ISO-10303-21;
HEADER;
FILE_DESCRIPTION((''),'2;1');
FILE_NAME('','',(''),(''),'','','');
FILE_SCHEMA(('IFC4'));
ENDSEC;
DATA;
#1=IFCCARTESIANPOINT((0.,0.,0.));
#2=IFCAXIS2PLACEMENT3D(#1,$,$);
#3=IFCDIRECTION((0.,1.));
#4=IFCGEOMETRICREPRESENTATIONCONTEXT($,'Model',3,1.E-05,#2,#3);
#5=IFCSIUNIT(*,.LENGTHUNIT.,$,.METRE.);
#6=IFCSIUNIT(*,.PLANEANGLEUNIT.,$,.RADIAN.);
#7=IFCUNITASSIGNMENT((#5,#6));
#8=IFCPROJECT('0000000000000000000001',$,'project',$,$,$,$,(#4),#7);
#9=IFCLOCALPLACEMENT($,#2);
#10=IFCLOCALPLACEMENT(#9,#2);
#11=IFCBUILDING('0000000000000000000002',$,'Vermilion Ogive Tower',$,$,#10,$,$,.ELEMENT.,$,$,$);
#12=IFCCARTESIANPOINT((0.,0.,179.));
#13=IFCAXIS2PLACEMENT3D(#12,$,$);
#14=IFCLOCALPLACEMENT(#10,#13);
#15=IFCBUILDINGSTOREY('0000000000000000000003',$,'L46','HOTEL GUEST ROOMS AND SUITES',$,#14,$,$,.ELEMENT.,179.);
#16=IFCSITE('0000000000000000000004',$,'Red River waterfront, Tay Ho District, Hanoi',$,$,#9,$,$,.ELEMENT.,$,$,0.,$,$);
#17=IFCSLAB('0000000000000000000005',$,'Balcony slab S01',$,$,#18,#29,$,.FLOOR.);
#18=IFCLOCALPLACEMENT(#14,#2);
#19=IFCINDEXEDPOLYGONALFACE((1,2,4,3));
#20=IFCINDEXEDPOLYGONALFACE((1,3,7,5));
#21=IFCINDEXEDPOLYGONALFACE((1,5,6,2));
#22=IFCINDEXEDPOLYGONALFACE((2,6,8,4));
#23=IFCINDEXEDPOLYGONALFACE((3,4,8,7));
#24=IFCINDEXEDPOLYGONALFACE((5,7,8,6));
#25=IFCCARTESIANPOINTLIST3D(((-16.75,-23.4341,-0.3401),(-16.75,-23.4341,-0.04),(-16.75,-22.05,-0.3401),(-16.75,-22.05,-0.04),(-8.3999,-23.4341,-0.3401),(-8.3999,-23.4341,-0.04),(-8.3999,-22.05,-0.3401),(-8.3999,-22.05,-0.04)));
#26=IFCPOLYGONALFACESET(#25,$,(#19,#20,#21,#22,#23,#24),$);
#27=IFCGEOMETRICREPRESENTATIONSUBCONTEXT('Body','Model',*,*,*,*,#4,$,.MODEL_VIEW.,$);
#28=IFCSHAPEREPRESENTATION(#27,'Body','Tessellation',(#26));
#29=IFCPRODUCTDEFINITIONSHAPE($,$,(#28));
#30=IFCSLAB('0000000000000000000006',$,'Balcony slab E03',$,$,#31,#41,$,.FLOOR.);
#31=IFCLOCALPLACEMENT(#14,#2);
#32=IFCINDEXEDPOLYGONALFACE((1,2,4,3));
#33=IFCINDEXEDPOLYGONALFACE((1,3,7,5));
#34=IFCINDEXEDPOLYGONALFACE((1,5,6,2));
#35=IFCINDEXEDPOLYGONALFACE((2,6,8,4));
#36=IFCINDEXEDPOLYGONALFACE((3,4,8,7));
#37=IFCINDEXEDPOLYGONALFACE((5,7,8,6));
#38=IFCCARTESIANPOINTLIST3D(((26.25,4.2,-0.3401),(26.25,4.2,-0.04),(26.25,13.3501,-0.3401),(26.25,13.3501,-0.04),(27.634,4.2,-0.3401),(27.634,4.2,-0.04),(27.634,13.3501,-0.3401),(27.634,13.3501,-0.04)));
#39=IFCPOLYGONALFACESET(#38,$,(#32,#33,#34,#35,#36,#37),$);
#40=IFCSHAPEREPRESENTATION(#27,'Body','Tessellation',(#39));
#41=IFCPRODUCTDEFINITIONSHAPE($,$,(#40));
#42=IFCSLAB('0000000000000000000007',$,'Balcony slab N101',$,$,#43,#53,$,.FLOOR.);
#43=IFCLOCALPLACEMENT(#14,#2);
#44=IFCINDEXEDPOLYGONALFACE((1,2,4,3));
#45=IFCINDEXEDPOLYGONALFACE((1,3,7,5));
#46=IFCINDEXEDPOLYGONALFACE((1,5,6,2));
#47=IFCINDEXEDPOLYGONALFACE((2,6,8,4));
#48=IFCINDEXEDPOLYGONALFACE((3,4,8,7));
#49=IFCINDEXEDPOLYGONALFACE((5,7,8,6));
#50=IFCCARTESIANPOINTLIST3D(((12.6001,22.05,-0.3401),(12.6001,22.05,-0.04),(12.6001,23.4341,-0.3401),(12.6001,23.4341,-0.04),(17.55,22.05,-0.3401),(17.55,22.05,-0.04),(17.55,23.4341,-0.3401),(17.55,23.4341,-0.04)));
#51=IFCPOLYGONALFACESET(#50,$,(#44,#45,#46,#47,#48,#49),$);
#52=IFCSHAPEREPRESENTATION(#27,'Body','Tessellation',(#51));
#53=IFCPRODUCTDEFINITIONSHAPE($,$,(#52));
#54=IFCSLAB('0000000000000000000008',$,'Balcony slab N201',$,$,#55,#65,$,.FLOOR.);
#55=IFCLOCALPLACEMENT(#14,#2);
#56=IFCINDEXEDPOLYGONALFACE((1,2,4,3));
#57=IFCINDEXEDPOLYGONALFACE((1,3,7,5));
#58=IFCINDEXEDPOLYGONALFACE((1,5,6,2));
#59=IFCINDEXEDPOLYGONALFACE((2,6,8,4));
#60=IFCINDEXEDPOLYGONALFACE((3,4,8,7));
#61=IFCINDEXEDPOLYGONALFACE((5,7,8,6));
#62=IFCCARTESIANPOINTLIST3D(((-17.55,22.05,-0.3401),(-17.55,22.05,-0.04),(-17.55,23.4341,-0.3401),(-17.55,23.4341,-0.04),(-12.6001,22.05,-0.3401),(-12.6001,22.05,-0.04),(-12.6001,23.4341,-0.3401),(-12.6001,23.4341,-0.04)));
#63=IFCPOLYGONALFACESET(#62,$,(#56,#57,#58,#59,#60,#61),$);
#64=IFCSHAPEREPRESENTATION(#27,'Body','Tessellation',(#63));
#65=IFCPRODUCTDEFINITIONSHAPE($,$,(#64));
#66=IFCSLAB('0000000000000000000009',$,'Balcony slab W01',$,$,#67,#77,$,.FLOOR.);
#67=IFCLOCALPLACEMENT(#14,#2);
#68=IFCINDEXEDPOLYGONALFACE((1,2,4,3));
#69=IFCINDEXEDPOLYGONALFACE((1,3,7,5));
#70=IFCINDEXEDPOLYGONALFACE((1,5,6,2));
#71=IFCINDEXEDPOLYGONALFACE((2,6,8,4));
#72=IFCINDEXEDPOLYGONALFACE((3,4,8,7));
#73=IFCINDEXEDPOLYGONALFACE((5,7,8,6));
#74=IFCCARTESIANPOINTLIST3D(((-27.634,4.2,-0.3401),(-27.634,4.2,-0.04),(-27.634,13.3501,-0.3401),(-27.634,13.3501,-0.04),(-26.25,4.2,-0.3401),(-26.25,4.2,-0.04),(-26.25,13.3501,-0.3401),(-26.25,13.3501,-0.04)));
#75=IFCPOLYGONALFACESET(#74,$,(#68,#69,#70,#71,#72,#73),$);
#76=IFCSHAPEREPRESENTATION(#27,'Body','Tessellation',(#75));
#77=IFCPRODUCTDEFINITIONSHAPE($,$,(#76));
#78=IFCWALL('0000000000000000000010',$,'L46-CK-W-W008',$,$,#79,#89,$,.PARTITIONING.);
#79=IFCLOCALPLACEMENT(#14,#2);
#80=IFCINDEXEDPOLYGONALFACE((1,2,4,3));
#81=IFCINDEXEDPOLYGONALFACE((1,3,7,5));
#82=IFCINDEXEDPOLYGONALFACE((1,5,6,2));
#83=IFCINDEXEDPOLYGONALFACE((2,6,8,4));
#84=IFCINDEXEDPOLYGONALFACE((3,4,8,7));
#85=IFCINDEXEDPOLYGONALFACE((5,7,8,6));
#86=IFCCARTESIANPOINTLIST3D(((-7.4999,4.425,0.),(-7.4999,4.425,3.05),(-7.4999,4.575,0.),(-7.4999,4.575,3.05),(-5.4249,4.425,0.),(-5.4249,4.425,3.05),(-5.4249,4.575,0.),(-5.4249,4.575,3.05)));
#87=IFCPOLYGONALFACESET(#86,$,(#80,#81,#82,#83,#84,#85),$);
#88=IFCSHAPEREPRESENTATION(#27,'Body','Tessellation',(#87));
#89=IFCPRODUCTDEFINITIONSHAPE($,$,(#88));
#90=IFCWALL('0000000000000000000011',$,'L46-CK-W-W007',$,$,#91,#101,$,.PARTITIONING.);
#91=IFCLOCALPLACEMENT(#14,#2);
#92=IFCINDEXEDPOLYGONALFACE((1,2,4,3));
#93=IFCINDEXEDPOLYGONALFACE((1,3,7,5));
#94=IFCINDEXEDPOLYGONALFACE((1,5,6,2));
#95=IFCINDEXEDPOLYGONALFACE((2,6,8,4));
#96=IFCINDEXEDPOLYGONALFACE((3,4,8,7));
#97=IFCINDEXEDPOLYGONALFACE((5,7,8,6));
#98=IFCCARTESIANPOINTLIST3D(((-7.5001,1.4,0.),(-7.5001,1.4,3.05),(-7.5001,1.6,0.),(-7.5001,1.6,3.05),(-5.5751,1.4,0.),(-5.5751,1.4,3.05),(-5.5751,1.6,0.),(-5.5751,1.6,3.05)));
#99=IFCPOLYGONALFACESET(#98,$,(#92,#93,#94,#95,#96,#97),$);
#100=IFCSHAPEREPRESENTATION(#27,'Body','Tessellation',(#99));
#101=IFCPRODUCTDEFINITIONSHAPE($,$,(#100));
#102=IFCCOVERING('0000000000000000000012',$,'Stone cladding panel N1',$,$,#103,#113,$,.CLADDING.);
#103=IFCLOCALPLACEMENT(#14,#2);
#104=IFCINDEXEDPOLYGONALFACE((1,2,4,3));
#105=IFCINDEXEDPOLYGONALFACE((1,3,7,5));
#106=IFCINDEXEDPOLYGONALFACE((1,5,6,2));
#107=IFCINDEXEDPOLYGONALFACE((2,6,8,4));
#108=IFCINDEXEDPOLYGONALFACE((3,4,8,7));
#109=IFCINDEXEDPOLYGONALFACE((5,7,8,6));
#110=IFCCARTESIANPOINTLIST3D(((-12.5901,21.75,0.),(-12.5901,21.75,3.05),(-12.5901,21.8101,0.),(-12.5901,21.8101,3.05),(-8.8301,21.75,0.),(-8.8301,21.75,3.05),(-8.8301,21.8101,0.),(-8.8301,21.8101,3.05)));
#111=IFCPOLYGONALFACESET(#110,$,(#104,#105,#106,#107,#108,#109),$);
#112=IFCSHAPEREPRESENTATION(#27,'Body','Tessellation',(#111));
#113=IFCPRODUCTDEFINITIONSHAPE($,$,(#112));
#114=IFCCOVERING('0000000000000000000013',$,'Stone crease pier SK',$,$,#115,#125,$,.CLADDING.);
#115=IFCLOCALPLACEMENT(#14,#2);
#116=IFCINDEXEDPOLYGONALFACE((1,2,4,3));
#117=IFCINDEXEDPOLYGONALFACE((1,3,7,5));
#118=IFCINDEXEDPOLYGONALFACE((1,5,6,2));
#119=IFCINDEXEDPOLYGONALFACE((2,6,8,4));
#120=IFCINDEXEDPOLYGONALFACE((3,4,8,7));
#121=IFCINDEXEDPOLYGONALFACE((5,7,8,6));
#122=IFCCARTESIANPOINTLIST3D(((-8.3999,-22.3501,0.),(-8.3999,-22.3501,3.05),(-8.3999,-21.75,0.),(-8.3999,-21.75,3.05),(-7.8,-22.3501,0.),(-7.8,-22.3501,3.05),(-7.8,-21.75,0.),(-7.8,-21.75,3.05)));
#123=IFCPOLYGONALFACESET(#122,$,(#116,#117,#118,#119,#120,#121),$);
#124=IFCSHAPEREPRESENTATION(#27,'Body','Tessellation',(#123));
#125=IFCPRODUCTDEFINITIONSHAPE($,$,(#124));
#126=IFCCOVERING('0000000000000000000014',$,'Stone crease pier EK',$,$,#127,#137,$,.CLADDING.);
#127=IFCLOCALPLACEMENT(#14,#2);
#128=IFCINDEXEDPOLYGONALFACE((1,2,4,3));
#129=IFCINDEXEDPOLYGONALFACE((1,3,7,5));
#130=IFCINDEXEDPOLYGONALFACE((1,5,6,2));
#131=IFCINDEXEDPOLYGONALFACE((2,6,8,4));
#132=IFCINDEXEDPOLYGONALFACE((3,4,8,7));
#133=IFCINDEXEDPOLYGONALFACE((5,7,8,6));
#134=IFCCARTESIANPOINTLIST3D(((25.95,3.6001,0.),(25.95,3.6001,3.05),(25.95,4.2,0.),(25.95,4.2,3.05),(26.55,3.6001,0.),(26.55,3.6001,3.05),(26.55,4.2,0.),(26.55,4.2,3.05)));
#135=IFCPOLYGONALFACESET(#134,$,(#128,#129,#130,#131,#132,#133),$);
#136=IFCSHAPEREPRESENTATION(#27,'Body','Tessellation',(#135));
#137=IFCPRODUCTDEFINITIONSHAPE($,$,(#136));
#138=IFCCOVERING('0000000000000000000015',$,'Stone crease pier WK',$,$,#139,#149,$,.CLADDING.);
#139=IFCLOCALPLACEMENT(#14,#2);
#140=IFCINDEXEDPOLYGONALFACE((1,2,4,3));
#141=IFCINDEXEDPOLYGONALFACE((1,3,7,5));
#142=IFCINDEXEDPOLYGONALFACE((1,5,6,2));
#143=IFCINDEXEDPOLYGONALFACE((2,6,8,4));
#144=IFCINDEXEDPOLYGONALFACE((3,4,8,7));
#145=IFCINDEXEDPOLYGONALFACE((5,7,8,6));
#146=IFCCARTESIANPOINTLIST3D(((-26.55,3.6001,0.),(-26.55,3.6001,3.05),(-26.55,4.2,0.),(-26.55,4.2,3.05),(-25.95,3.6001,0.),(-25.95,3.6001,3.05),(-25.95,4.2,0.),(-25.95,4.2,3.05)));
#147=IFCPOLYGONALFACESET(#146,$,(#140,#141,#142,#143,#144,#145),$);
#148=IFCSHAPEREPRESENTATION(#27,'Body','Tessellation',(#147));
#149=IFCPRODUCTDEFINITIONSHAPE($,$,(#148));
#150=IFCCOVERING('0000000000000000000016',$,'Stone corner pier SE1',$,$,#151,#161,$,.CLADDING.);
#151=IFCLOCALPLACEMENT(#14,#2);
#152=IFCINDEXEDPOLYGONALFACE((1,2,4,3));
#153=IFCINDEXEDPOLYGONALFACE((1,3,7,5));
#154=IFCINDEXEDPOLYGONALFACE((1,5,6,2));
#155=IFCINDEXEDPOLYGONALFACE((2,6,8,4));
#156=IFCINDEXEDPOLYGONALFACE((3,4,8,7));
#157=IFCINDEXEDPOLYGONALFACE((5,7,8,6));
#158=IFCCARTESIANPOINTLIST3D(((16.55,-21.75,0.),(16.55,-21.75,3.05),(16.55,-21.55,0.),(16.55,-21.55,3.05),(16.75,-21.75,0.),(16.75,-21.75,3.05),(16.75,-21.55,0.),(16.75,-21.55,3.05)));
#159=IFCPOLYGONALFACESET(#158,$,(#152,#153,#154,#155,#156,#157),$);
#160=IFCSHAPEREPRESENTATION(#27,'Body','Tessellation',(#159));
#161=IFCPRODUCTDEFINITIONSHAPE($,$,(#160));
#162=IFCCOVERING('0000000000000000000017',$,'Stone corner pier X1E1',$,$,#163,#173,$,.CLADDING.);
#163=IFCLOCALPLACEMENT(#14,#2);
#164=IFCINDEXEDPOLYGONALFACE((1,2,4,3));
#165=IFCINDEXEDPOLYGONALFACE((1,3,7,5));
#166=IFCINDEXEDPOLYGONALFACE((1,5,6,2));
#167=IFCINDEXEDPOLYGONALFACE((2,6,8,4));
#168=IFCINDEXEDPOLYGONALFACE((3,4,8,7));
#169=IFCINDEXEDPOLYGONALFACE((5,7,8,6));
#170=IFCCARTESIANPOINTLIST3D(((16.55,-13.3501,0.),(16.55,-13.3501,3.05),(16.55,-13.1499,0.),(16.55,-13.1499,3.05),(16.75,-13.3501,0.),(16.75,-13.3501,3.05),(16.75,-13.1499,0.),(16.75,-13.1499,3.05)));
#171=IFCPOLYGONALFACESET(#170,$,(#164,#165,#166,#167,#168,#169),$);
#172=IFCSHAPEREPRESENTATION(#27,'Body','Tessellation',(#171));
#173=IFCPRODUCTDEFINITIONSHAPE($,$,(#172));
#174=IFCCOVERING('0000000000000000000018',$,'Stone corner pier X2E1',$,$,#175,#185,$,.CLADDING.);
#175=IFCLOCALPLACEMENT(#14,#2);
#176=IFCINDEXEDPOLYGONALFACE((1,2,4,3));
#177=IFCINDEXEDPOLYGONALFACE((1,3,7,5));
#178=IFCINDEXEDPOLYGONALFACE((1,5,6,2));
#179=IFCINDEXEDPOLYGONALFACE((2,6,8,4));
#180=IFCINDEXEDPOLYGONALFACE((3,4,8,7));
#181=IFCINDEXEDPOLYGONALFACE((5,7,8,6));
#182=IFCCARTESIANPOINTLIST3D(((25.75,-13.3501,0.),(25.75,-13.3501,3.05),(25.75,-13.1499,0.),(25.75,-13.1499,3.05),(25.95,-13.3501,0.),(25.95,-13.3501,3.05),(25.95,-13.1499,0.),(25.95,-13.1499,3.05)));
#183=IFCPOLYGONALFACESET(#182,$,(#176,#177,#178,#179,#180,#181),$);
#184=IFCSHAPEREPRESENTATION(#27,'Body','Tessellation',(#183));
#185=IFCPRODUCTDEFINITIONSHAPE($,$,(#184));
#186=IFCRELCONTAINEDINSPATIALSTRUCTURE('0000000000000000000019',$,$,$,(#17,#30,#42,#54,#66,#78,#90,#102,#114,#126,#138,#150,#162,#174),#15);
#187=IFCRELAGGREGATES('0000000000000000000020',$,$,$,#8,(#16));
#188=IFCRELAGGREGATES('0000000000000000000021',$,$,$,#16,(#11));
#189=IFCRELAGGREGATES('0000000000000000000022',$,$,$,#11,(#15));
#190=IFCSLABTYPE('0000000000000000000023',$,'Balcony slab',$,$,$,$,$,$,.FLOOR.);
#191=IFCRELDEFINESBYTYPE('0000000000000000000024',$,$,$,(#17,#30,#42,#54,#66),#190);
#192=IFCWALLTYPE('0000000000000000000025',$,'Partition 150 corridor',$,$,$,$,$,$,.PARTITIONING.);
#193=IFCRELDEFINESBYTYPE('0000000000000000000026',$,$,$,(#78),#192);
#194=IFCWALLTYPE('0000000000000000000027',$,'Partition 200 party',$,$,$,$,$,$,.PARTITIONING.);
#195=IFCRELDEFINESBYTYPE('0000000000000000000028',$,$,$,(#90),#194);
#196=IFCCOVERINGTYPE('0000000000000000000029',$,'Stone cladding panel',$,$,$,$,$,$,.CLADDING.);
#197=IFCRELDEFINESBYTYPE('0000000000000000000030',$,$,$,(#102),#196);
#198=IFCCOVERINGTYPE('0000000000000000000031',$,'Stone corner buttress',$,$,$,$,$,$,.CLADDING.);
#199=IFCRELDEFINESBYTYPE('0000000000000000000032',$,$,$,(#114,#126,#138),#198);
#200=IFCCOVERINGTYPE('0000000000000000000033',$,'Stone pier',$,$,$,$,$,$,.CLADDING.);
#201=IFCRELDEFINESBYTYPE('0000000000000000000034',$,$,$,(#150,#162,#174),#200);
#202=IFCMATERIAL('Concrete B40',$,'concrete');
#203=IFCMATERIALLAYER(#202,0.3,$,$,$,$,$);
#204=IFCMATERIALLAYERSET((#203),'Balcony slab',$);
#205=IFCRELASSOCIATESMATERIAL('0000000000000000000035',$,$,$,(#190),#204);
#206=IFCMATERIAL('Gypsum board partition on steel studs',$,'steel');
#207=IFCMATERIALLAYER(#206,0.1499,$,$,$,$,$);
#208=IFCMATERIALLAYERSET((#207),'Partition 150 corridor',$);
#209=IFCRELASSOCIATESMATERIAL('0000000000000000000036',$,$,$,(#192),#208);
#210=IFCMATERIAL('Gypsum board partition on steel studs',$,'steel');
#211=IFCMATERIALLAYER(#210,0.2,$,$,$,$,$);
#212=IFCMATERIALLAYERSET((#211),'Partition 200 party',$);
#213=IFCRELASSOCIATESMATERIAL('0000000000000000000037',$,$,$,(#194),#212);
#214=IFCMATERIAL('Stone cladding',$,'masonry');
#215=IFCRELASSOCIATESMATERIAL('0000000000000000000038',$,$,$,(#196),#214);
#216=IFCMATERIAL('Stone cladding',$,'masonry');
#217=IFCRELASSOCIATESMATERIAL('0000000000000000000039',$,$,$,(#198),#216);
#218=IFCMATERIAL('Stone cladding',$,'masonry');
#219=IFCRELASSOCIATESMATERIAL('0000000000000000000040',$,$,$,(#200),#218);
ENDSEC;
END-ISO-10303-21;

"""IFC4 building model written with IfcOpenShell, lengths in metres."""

from ifc_helpers import new_model, si_unit, direction, frame, frame_2d, origin, place, context, subcontext, project, spatial, polyline, rectangle, outline, extrude, material, layer, layer_set, type_object, element, save


model = new_model("IFC4")

# Units and contexts
model_context = context("Model", 3, precision=1e-05, world=origin(), true_north=direction((0.0, 1.0)))
body_context = subcontext(model_context, "Body", "Model", "MODEL_VIEW")
ifc_project = project(units=[si_unit("LENGTHUNIT", "METRE"), si_unit("PLANEANGLEUNIT", "RADIAN")], contexts=[model_context])

# Site, building, storey
site_placement = place(None, origin())
site = spatial("IfcSite", under=ifc_project, at=site_placement, Name="Red River waterfront, Tay Ho District, Hanoi", CompositionType="ELEMENT", RefElevation=0.0)
building_placement = place(site_placement, origin())
building = spatial("IfcBuilding", under=site, at=building_placement, Name="Vermilion Ogive Tower", CompositionType="ELEMENT")
storey_placement = place(building_placement, frame((0.0, 0.0, 179.0)))
storey = spatial("IfcBuildingStorey", under=building, at=storey_placement, Name="L46", Description="HOTEL GUEST ROOMS AND SUITES", CompositionType="ELEMENT", Elevation=179.0)

# Slabs
ifc_material_1 = material(Name="Concrete B40", Category="concrete")
ifc_layer_1 = layer(ifc_material_1, 0.3)
ifc_layer_set_1 = layer_set([ifc_layer_1], Name="Balcony slab")
slab_type = type_object("IfcSlabType", Name="Balcony slab", PredefinedType="FLOOR", material=ifc_layer_set_1)
slab_1_placement = place(storey_placement, frame((0.0, 0.0, -0.3401)))
element("IfcSlab", 1, at=slab_1_placement, inside=storey, type_object=slab_type, Name="Balcony slab S01", PredefinedType="FLOOR", context=body_context, shape_type="SweptSolid", body=[
    extrude(outline(polyline([(-16.75, -23.4341), (-8.3999, -23.4341), (-8.3999, -22.05), (-16.75, -22.05), (-16.75, -23.4341)])), origin(), (0.0, 0.0, 1.0), 0.3),
])
slab_2_placement = place(storey_placement, frame((0.0, 0.0, -0.3401)))
element("IfcSlab", 2, at=slab_2_placement, inside=storey, type_object=slab_type, Name="Balcony slab E03", PredefinedType="FLOOR", context=body_context, shape_type="SweptSolid", body=[
    extrude(outline(polyline([(27.634, 4.2), (27.634, 13.3501), (26.25, 13.3501), (26.25, 4.2), (27.634, 4.2)])), origin(), (0.0, 0.0, 1.0), 0.3),
])
slab_3_placement = place(storey_placement, frame((0.0, 0.0, -0.3401)))
element("IfcSlab", 3, at=slab_3_placement, inside=storey, type_object=slab_type, Name="Balcony slab N101", PredefinedType="FLOOR", context=body_context, shape_type="SweptSolid", body=[
    extrude(outline(polyline([(17.55, 23.4341), (12.6001, 23.4341), (12.6001, 22.05), (17.55, 22.05), (17.55, 23.4341)])), origin(), (0.0, 0.0, 1.0), 0.3),
])
slab_4_placement = place(storey_placement, frame((0.0, 0.0, -0.3401)))
element("IfcSlab", 4, at=slab_4_placement, inside=storey, type_object=slab_type, Name="Balcony slab N201", PredefinedType="FLOOR", context=body_context, shape_type="SweptSolid", body=[
    extrude(outline(polyline([(-12.6001, 23.4341), (-17.55, 23.4341), (-17.55, 22.05), (-12.6001, 22.05), (-12.6001, 23.4341)])), origin(), (0.0, 0.0, 1.0), 0.3),
])
slab_5_placement = place(storey_placement, frame((0.0, 0.0, -0.3401)))
element("IfcSlab", 5, at=slab_5_placement, inside=storey, type_object=slab_type, Name="Balcony slab W01", PredefinedType="FLOOR", context=body_context, shape_type="SweptSolid", body=[
    extrude(outline(polyline([(-27.634, 13.3501), (-27.634, 4.2), (-26.25, 4.2), (-26.25, 13.3501), (-27.634, 13.3501)])), origin(), (0.0, 0.0, 1.0), 0.3),
])

# Walls
ifc_material_2 = material(Name="Gypsum board partition on steel studs", Category="steel")
ifc_layer_2 = layer(ifc_material_2, 0.1499)
ifc_layer_set_2 = layer_set([ifc_layer_2], Name="Partition 150 corridor")
wall_type_1 = type_object("IfcWallType", Name="Partition 150 corridor", PredefinedType="PARTITIONING", material=ifc_layer_set_2)
wall_1_placement = place(storey_placement, frame((-7.5, 4.5, 0.0), z_axis=(0.0, 0.0, 1.0), x_axis=(1.0, 0.0, 0.0)))
element("IfcWall", 6, at=wall_1_placement, inside=storey, type_object=wall_type_1, Name="L46-CK-W-W008", PredefinedType="PARTITIONING", context=body_context, shape_type="SweptSolid", body=[
    extrude(rectangle(XDim=2.075, YDim=0.1499, at=frame_2d((1.0376, 0.0))), origin(), (0.0, 0.0, 1.0), 3.05),
])
ifc_material_3 = material(Name="Gypsum board partition on steel studs", Category="steel")
ifc_layer_3 = layer(ifc_material_3, 0.2)
ifc_layer_set_3 = layer_set([ifc_layer_3], Name="Partition 200 party")
wall_type_2 = type_object("IfcWallType", Name="Partition 200 party", PredefinedType="PARTITIONING", material=ifc_layer_set_3)
wall_2_placement = place(storey_placement, frame((-7.5, 1.5, 0.0), z_axis=(0.0, 0.0, 1.0), x_axis=(1.0, 0.0, 0.0)))
element("IfcWall", 7, at=wall_2_placement, inside=storey, type_object=wall_type_2, Name="L46-CK-W-W007", PredefinedType="PARTITIONING", context=body_context, shape_type="SweptSolid", body=[
    extrude(rectangle(XDim=1.925, YDim=0.2, at=frame_2d((0.9624, 0.0))), origin(), (0.0, 0.0, 1.0), 3.05),
])

# Coverings
ifc_material_4 = material(Name="Stone cladding", Category="masonry")
covering_type_1 = type_object("IfcCoveringType", Name="Stone cladding panel", PredefinedType="CLADDING", material=ifc_material_4)
covering_1_placement = place(storey_placement, origin())
element("IfcCovering", 8, at=covering_1_placement, inside=storey, type_object=covering_type_1, Name="Stone cladding panel N1", PredefinedType="CLADDING", context=body_context, shape_type="SweptSolid", body=[
    extrude(outline(polyline([(-12.5901, 21.75), (-8.8301, 21.75), (-8.8301, 21.8101), (-12.5901, 21.8101), (-12.5901, 21.75)])), origin(), (0.0, 0.0, 1.0), 3.05),
])
ifc_material_5 = material(Name="Stone cladding", Category="masonry")
covering_type_2 = type_object("IfcCoveringType", Name="Stone corner buttress", PredefinedType="CLADDING", material=ifc_material_5)
covering_2_placement = place(storey_placement, origin())
element("IfcCovering", 9, at=covering_2_placement, inside=storey, type_object=covering_type_2, Name="Stone crease pier SK", PredefinedType="CLADDING", context=body_context, shape_type="SweptSolid", body=[
    extrude(outline(polyline([(-8.3999, -22.3501), (-7.8, -22.3501), (-7.8, -21.75), (-8.3999, -21.75), (-8.3999, -22.3501)])), origin(), (0.0, 0.0, 1.0), 3.05),
])
covering_3_placement = place(storey_placement, origin())
element("IfcCovering", 10, at=covering_3_placement, inside=storey, type_object=covering_type_2, Name="Stone crease pier EK", PredefinedType="CLADDING", context=body_context, shape_type="SweptSolid", body=[
    extrude(outline(polyline([(26.55, 3.6001), (26.55, 4.2), (25.95, 4.2), (25.95, 3.6001), (26.55, 3.6001)])), origin(), (0.0, 0.0, 1.0), 3.05),
])
covering_4_placement = place(storey_placement, origin())
element("IfcCovering", 11, at=covering_4_placement, inside=storey, type_object=covering_type_2, Name="Stone crease pier WK", PredefinedType="CLADDING", context=body_context, shape_type="SweptSolid", body=[
    extrude(outline(polyline([(-26.55, 4.2), (-26.55, 3.6001), (-25.95, 3.6001), (-25.95, 4.2), (-26.55, 4.2)])), origin(), (0.0, 0.0, 1.0), 3.05),
])
ifc_material_6 = material(Name="Stone cladding", Category="masonry")
covering_type_3 = type_object("IfcCoveringType", Name="Stone pier", PredefinedType="CLADDING", material=ifc_material_6)
covering_5_placement = place(storey_placement, origin())
element("IfcCovering", 12, at=covering_5_placement, inside=storey, type_object=covering_type_3, Name="Stone corner pier SE1", PredefinedType="CLADDING", context=body_context, shape_type="SweptSolid", body=[
    extrude(outline(polyline([(16.55, -21.55), (16.75, -21.55), (16.75, -21.75), (16.55, -21.75), (16.55, -21.55)])), origin(), (0.0, 0.0, 1.0), 3.05),
])
covering_6_placement = place(storey_placement, origin())
element("IfcCovering", 13, at=covering_6_placement, inside=storey, type_object=covering_type_3, Name="Stone corner pier X1E1", PredefinedType="CLADDING", context=body_context, shape_type="SweptSolid", body=[
    extrude(outline(polyline([(16.55, -13.1499), (16.75, -13.1499), (16.75, -13.3501), (16.55, -13.3501), (16.55, -13.1499)])), origin(), (0.0, 0.0, 1.0), 3.05),
])
covering_7_placement = place(storey_placement, origin())
element("IfcCovering", 14, at=covering_7_placement, inside=storey, type_object=covering_type_3, Name="Stone corner pier X2E1", PredefinedType="CLADDING", context=body_context, shape_type="SweptSolid", body=[
    extrude(outline(polyline([(25.75, -13.1499), (25.95, -13.1499), (25.95, -13.3501), (25.75, -13.3501), (25.75, -13.1499)])), origin(), (0.0, 0.0, 1.0), 3.05),
])

save(model, "model.ifc")
